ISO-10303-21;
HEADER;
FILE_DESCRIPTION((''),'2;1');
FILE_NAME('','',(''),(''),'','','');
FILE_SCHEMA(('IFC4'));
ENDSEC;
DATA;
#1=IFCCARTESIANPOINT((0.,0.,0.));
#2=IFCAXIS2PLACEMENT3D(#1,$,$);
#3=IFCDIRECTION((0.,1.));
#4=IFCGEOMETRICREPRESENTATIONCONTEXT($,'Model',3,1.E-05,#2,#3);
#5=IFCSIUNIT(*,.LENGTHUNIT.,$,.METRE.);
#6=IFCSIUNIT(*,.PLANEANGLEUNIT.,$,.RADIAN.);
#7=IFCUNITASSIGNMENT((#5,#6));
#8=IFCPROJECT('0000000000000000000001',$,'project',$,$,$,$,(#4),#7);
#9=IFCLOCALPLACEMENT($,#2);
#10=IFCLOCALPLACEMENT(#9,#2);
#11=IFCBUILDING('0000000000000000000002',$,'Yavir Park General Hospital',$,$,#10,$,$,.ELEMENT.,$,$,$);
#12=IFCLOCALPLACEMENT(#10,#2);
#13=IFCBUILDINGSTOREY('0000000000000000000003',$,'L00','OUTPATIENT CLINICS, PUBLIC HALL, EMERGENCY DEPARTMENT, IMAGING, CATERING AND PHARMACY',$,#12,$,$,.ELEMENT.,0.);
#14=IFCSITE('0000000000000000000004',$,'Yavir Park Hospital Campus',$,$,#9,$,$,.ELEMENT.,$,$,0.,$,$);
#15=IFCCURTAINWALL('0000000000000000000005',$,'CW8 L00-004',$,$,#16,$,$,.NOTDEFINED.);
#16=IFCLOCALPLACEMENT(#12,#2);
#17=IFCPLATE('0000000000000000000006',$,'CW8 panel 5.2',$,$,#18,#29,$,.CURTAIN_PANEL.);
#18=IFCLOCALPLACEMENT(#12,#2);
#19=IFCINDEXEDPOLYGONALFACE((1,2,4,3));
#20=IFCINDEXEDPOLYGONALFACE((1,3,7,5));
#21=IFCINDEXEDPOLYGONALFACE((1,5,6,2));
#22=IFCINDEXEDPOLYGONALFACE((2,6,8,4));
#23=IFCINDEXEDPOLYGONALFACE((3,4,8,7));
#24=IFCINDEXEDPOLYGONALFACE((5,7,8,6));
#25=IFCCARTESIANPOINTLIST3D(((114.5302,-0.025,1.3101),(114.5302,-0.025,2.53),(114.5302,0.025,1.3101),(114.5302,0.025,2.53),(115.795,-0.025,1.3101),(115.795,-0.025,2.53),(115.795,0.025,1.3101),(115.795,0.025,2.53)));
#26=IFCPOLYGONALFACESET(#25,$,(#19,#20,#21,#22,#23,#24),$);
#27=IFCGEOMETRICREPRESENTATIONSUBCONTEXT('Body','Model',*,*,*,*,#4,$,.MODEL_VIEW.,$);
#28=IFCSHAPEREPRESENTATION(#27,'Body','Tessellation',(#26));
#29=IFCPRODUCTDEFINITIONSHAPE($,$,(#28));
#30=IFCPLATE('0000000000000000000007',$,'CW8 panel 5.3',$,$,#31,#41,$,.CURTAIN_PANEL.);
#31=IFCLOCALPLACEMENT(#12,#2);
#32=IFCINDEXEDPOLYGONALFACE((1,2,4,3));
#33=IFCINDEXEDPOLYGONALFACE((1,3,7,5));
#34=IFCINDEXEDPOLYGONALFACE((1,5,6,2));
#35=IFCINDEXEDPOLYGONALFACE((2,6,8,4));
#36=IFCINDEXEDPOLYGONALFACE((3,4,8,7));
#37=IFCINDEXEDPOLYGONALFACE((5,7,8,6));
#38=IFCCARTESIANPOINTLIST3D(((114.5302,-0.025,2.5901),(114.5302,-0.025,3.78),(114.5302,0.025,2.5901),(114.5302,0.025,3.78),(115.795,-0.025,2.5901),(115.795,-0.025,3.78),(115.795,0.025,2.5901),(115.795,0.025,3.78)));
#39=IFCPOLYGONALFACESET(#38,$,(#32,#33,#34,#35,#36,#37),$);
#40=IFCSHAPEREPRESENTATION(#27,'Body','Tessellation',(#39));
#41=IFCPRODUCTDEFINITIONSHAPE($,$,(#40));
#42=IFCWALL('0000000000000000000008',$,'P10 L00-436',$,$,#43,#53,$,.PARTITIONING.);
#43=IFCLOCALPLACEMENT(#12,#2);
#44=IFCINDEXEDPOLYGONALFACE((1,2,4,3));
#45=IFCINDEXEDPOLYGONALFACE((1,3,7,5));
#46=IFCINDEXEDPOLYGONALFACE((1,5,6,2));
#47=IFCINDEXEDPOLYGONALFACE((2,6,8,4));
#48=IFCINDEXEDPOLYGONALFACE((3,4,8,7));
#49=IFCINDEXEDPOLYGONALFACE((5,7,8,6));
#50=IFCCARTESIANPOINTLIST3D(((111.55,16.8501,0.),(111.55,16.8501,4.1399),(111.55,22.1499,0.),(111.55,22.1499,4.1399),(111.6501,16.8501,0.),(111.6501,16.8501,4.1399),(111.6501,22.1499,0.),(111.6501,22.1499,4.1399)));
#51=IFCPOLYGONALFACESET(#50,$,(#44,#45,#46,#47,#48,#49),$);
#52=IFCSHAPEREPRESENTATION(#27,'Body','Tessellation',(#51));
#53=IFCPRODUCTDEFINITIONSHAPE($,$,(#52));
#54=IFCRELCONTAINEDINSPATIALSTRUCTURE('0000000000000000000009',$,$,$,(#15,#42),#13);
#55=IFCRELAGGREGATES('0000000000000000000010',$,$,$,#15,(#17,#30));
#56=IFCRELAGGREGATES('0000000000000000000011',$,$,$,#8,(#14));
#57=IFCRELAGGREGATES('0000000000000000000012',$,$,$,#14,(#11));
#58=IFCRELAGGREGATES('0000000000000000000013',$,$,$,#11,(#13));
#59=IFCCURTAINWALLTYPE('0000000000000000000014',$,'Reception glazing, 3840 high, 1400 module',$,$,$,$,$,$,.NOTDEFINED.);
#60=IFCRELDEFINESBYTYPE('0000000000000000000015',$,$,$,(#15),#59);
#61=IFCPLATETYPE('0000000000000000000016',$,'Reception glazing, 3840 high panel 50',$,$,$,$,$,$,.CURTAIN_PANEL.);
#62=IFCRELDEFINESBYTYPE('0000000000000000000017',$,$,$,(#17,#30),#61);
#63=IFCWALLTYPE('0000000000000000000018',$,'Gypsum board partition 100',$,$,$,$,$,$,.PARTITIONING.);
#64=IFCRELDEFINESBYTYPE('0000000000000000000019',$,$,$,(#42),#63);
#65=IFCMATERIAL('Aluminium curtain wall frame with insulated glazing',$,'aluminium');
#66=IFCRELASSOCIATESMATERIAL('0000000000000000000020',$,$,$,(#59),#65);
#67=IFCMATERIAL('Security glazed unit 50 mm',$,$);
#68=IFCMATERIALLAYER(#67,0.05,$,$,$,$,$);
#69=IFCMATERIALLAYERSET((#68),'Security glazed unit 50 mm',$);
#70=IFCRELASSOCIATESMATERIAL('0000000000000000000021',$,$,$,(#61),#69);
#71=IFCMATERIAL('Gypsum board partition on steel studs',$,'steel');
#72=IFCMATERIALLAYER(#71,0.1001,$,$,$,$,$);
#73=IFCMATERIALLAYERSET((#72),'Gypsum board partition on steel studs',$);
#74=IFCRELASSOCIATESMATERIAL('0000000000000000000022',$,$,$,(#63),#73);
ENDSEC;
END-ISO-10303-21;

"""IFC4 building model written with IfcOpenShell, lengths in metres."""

from ifc_helpers import new_model, si_unit, direction, frame, frame_2d, origin, origin_2d, place, context, subcontext, project, spatial, rectangle, extrude, material, layer, layer_set, type_object, element, aggregate, save


model = new_model("IFC4")

# Units and contexts
model_context = context("Model", 3, precision=1e-05, world=origin(), true_north=direction((0.0, 1.0)))
body_context = subcontext(model_context, "Body", "Model", "MODEL_VIEW")
ifc_project = project(units=[si_unit("LENGTHUNIT", "METRE"), si_unit("PLANEANGLEUNIT", "RADIAN")], contexts=[model_context])

# Site, building, storey
site_placement = place(None, origin())
site = spatial("IfcSite", under=ifc_project, at=site_placement, Name="Yavir Park Hospital Campus", CompositionType="ELEMENT", RefElevation=0.0)
building_placement = place(site_placement, origin())
building = spatial("IfcBuilding", under=site, at=building_placement, Name="Yavir Park General Hospital", CompositionType="ELEMENT")
storey_placement = place(building_placement, origin())
storey = spatial("IfcBuildingStorey", under=building, at=storey_placement, Name="L00", Description="OUTPATIENT CLINICS, PUBLIC HALL, EMERGENCY DEPARTMENT, IMAGING, CATERING AND PHARMACY", CompositionType="ELEMENT", Elevation=0.0)

# Curtain wall, plates
ifc_material_1 = material(Name="Aluminium curtain wall frame with insulated glazing", Category="aluminium")
curtain_wall_type = type_object("IfcCurtainWallType", Name="Reception glazing, 3840 high, 1400 module", PredefinedType="NOTDEFINED", material=ifc_material_1)
curtain_wall_placement = place(storey_placement, origin())
curtain_wall = element("IfcCurtainWall", 1, at=curtain_wall_placement, inside=storey, type_object=curtain_wall_type, Name="CW8 L00-004", PredefinedType="NOTDEFINED")
ifc_material_2 = material(Name="Security glazed unit 50 mm")
ifc_layer_1 = layer(ifc_material_2, 0.05)
ifc_layer_set_1 = layer_set([ifc_layer_1], Name="Security glazed unit 50 mm")
plate_type = type_object("IfcPlateType", Name="Reception glazing, 3840 high panel 50", PredefinedType="CURTAIN_PANEL", material=ifc_layer_set_1)
plate_1_placement = place(storey_placement, frame((115.1626, 0.0, 1.3101), z_axis=(0.0, 0.0, 1.0), x_axis=(1.0, 0.0, 0.0)))
plate_1 = element("IfcPlate", 2, at=plate_1_placement, type_object=plate_type, Name="CW8 panel 5.2", PredefinedType="CURTAIN_PANEL", context=body_context, shape_type="SweptSolid", body=[
    extrude(rectangle(XDim=1.2649, YDim=0.05, at=origin_2d()), origin(), (0.0, 0.0, 1.0), 1.22),
])
plate_2_placement = place(storey_placement, frame((115.1626, 0.0, 2.5901), z_axis=(0.0, 0.0, 1.0), x_axis=(1.0, 0.0, 0.0)))
plate_2 = element("IfcPlate", 3, at=plate_2_placement, type_object=plate_type, Name="CW8 panel 5.3", PredefinedType="CURTAIN_PANEL", context=body_context, shape_type="SweptSolid", body=[
    extrude(rectangle(XDim=1.2649, YDim=0.05, at=origin_2d()), origin(), (0.0, 0.0, 1.0), 1.1899),
])
aggregate(curtain_wall, [plate_1, plate_2])

# Wall
ifc_material_3 = material(Name="Gypsum board partition on steel studs", Category="steel")
ifc_layer_2 = layer(ifc_material_3, 0.1001)
ifc_layer_set_2 = layer_set([ifc_layer_2], Name="Gypsum board partition on steel studs")
wall_type = type_object("IfcWallType", Name="Gypsum board partition 100", PredefinedType="PARTITIONING", material=ifc_layer_set_2)
wall_placement = place(storey_placement, frame((111.6001, 16.8501, 0.0), z_axis=(0.0, 0.0, 1.0), x_axis=(0.0, 1.0, 0.0)))
element("IfcWall", 4, at=wall_placement, inside=storey, type_object=wall_type, Name="P10 L00-436", PredefinedType="PARTITIONING", context=body_context, shape_type="SweptSolid", body=[
    extrude(rectangle(XDim=5.2998, YDim=0.1001, at=frame_2d((2.6499, 0.0))), origin(), (0.0, 0.0, 1.0), 4.1399),
])

save(model, "model.ifc")
